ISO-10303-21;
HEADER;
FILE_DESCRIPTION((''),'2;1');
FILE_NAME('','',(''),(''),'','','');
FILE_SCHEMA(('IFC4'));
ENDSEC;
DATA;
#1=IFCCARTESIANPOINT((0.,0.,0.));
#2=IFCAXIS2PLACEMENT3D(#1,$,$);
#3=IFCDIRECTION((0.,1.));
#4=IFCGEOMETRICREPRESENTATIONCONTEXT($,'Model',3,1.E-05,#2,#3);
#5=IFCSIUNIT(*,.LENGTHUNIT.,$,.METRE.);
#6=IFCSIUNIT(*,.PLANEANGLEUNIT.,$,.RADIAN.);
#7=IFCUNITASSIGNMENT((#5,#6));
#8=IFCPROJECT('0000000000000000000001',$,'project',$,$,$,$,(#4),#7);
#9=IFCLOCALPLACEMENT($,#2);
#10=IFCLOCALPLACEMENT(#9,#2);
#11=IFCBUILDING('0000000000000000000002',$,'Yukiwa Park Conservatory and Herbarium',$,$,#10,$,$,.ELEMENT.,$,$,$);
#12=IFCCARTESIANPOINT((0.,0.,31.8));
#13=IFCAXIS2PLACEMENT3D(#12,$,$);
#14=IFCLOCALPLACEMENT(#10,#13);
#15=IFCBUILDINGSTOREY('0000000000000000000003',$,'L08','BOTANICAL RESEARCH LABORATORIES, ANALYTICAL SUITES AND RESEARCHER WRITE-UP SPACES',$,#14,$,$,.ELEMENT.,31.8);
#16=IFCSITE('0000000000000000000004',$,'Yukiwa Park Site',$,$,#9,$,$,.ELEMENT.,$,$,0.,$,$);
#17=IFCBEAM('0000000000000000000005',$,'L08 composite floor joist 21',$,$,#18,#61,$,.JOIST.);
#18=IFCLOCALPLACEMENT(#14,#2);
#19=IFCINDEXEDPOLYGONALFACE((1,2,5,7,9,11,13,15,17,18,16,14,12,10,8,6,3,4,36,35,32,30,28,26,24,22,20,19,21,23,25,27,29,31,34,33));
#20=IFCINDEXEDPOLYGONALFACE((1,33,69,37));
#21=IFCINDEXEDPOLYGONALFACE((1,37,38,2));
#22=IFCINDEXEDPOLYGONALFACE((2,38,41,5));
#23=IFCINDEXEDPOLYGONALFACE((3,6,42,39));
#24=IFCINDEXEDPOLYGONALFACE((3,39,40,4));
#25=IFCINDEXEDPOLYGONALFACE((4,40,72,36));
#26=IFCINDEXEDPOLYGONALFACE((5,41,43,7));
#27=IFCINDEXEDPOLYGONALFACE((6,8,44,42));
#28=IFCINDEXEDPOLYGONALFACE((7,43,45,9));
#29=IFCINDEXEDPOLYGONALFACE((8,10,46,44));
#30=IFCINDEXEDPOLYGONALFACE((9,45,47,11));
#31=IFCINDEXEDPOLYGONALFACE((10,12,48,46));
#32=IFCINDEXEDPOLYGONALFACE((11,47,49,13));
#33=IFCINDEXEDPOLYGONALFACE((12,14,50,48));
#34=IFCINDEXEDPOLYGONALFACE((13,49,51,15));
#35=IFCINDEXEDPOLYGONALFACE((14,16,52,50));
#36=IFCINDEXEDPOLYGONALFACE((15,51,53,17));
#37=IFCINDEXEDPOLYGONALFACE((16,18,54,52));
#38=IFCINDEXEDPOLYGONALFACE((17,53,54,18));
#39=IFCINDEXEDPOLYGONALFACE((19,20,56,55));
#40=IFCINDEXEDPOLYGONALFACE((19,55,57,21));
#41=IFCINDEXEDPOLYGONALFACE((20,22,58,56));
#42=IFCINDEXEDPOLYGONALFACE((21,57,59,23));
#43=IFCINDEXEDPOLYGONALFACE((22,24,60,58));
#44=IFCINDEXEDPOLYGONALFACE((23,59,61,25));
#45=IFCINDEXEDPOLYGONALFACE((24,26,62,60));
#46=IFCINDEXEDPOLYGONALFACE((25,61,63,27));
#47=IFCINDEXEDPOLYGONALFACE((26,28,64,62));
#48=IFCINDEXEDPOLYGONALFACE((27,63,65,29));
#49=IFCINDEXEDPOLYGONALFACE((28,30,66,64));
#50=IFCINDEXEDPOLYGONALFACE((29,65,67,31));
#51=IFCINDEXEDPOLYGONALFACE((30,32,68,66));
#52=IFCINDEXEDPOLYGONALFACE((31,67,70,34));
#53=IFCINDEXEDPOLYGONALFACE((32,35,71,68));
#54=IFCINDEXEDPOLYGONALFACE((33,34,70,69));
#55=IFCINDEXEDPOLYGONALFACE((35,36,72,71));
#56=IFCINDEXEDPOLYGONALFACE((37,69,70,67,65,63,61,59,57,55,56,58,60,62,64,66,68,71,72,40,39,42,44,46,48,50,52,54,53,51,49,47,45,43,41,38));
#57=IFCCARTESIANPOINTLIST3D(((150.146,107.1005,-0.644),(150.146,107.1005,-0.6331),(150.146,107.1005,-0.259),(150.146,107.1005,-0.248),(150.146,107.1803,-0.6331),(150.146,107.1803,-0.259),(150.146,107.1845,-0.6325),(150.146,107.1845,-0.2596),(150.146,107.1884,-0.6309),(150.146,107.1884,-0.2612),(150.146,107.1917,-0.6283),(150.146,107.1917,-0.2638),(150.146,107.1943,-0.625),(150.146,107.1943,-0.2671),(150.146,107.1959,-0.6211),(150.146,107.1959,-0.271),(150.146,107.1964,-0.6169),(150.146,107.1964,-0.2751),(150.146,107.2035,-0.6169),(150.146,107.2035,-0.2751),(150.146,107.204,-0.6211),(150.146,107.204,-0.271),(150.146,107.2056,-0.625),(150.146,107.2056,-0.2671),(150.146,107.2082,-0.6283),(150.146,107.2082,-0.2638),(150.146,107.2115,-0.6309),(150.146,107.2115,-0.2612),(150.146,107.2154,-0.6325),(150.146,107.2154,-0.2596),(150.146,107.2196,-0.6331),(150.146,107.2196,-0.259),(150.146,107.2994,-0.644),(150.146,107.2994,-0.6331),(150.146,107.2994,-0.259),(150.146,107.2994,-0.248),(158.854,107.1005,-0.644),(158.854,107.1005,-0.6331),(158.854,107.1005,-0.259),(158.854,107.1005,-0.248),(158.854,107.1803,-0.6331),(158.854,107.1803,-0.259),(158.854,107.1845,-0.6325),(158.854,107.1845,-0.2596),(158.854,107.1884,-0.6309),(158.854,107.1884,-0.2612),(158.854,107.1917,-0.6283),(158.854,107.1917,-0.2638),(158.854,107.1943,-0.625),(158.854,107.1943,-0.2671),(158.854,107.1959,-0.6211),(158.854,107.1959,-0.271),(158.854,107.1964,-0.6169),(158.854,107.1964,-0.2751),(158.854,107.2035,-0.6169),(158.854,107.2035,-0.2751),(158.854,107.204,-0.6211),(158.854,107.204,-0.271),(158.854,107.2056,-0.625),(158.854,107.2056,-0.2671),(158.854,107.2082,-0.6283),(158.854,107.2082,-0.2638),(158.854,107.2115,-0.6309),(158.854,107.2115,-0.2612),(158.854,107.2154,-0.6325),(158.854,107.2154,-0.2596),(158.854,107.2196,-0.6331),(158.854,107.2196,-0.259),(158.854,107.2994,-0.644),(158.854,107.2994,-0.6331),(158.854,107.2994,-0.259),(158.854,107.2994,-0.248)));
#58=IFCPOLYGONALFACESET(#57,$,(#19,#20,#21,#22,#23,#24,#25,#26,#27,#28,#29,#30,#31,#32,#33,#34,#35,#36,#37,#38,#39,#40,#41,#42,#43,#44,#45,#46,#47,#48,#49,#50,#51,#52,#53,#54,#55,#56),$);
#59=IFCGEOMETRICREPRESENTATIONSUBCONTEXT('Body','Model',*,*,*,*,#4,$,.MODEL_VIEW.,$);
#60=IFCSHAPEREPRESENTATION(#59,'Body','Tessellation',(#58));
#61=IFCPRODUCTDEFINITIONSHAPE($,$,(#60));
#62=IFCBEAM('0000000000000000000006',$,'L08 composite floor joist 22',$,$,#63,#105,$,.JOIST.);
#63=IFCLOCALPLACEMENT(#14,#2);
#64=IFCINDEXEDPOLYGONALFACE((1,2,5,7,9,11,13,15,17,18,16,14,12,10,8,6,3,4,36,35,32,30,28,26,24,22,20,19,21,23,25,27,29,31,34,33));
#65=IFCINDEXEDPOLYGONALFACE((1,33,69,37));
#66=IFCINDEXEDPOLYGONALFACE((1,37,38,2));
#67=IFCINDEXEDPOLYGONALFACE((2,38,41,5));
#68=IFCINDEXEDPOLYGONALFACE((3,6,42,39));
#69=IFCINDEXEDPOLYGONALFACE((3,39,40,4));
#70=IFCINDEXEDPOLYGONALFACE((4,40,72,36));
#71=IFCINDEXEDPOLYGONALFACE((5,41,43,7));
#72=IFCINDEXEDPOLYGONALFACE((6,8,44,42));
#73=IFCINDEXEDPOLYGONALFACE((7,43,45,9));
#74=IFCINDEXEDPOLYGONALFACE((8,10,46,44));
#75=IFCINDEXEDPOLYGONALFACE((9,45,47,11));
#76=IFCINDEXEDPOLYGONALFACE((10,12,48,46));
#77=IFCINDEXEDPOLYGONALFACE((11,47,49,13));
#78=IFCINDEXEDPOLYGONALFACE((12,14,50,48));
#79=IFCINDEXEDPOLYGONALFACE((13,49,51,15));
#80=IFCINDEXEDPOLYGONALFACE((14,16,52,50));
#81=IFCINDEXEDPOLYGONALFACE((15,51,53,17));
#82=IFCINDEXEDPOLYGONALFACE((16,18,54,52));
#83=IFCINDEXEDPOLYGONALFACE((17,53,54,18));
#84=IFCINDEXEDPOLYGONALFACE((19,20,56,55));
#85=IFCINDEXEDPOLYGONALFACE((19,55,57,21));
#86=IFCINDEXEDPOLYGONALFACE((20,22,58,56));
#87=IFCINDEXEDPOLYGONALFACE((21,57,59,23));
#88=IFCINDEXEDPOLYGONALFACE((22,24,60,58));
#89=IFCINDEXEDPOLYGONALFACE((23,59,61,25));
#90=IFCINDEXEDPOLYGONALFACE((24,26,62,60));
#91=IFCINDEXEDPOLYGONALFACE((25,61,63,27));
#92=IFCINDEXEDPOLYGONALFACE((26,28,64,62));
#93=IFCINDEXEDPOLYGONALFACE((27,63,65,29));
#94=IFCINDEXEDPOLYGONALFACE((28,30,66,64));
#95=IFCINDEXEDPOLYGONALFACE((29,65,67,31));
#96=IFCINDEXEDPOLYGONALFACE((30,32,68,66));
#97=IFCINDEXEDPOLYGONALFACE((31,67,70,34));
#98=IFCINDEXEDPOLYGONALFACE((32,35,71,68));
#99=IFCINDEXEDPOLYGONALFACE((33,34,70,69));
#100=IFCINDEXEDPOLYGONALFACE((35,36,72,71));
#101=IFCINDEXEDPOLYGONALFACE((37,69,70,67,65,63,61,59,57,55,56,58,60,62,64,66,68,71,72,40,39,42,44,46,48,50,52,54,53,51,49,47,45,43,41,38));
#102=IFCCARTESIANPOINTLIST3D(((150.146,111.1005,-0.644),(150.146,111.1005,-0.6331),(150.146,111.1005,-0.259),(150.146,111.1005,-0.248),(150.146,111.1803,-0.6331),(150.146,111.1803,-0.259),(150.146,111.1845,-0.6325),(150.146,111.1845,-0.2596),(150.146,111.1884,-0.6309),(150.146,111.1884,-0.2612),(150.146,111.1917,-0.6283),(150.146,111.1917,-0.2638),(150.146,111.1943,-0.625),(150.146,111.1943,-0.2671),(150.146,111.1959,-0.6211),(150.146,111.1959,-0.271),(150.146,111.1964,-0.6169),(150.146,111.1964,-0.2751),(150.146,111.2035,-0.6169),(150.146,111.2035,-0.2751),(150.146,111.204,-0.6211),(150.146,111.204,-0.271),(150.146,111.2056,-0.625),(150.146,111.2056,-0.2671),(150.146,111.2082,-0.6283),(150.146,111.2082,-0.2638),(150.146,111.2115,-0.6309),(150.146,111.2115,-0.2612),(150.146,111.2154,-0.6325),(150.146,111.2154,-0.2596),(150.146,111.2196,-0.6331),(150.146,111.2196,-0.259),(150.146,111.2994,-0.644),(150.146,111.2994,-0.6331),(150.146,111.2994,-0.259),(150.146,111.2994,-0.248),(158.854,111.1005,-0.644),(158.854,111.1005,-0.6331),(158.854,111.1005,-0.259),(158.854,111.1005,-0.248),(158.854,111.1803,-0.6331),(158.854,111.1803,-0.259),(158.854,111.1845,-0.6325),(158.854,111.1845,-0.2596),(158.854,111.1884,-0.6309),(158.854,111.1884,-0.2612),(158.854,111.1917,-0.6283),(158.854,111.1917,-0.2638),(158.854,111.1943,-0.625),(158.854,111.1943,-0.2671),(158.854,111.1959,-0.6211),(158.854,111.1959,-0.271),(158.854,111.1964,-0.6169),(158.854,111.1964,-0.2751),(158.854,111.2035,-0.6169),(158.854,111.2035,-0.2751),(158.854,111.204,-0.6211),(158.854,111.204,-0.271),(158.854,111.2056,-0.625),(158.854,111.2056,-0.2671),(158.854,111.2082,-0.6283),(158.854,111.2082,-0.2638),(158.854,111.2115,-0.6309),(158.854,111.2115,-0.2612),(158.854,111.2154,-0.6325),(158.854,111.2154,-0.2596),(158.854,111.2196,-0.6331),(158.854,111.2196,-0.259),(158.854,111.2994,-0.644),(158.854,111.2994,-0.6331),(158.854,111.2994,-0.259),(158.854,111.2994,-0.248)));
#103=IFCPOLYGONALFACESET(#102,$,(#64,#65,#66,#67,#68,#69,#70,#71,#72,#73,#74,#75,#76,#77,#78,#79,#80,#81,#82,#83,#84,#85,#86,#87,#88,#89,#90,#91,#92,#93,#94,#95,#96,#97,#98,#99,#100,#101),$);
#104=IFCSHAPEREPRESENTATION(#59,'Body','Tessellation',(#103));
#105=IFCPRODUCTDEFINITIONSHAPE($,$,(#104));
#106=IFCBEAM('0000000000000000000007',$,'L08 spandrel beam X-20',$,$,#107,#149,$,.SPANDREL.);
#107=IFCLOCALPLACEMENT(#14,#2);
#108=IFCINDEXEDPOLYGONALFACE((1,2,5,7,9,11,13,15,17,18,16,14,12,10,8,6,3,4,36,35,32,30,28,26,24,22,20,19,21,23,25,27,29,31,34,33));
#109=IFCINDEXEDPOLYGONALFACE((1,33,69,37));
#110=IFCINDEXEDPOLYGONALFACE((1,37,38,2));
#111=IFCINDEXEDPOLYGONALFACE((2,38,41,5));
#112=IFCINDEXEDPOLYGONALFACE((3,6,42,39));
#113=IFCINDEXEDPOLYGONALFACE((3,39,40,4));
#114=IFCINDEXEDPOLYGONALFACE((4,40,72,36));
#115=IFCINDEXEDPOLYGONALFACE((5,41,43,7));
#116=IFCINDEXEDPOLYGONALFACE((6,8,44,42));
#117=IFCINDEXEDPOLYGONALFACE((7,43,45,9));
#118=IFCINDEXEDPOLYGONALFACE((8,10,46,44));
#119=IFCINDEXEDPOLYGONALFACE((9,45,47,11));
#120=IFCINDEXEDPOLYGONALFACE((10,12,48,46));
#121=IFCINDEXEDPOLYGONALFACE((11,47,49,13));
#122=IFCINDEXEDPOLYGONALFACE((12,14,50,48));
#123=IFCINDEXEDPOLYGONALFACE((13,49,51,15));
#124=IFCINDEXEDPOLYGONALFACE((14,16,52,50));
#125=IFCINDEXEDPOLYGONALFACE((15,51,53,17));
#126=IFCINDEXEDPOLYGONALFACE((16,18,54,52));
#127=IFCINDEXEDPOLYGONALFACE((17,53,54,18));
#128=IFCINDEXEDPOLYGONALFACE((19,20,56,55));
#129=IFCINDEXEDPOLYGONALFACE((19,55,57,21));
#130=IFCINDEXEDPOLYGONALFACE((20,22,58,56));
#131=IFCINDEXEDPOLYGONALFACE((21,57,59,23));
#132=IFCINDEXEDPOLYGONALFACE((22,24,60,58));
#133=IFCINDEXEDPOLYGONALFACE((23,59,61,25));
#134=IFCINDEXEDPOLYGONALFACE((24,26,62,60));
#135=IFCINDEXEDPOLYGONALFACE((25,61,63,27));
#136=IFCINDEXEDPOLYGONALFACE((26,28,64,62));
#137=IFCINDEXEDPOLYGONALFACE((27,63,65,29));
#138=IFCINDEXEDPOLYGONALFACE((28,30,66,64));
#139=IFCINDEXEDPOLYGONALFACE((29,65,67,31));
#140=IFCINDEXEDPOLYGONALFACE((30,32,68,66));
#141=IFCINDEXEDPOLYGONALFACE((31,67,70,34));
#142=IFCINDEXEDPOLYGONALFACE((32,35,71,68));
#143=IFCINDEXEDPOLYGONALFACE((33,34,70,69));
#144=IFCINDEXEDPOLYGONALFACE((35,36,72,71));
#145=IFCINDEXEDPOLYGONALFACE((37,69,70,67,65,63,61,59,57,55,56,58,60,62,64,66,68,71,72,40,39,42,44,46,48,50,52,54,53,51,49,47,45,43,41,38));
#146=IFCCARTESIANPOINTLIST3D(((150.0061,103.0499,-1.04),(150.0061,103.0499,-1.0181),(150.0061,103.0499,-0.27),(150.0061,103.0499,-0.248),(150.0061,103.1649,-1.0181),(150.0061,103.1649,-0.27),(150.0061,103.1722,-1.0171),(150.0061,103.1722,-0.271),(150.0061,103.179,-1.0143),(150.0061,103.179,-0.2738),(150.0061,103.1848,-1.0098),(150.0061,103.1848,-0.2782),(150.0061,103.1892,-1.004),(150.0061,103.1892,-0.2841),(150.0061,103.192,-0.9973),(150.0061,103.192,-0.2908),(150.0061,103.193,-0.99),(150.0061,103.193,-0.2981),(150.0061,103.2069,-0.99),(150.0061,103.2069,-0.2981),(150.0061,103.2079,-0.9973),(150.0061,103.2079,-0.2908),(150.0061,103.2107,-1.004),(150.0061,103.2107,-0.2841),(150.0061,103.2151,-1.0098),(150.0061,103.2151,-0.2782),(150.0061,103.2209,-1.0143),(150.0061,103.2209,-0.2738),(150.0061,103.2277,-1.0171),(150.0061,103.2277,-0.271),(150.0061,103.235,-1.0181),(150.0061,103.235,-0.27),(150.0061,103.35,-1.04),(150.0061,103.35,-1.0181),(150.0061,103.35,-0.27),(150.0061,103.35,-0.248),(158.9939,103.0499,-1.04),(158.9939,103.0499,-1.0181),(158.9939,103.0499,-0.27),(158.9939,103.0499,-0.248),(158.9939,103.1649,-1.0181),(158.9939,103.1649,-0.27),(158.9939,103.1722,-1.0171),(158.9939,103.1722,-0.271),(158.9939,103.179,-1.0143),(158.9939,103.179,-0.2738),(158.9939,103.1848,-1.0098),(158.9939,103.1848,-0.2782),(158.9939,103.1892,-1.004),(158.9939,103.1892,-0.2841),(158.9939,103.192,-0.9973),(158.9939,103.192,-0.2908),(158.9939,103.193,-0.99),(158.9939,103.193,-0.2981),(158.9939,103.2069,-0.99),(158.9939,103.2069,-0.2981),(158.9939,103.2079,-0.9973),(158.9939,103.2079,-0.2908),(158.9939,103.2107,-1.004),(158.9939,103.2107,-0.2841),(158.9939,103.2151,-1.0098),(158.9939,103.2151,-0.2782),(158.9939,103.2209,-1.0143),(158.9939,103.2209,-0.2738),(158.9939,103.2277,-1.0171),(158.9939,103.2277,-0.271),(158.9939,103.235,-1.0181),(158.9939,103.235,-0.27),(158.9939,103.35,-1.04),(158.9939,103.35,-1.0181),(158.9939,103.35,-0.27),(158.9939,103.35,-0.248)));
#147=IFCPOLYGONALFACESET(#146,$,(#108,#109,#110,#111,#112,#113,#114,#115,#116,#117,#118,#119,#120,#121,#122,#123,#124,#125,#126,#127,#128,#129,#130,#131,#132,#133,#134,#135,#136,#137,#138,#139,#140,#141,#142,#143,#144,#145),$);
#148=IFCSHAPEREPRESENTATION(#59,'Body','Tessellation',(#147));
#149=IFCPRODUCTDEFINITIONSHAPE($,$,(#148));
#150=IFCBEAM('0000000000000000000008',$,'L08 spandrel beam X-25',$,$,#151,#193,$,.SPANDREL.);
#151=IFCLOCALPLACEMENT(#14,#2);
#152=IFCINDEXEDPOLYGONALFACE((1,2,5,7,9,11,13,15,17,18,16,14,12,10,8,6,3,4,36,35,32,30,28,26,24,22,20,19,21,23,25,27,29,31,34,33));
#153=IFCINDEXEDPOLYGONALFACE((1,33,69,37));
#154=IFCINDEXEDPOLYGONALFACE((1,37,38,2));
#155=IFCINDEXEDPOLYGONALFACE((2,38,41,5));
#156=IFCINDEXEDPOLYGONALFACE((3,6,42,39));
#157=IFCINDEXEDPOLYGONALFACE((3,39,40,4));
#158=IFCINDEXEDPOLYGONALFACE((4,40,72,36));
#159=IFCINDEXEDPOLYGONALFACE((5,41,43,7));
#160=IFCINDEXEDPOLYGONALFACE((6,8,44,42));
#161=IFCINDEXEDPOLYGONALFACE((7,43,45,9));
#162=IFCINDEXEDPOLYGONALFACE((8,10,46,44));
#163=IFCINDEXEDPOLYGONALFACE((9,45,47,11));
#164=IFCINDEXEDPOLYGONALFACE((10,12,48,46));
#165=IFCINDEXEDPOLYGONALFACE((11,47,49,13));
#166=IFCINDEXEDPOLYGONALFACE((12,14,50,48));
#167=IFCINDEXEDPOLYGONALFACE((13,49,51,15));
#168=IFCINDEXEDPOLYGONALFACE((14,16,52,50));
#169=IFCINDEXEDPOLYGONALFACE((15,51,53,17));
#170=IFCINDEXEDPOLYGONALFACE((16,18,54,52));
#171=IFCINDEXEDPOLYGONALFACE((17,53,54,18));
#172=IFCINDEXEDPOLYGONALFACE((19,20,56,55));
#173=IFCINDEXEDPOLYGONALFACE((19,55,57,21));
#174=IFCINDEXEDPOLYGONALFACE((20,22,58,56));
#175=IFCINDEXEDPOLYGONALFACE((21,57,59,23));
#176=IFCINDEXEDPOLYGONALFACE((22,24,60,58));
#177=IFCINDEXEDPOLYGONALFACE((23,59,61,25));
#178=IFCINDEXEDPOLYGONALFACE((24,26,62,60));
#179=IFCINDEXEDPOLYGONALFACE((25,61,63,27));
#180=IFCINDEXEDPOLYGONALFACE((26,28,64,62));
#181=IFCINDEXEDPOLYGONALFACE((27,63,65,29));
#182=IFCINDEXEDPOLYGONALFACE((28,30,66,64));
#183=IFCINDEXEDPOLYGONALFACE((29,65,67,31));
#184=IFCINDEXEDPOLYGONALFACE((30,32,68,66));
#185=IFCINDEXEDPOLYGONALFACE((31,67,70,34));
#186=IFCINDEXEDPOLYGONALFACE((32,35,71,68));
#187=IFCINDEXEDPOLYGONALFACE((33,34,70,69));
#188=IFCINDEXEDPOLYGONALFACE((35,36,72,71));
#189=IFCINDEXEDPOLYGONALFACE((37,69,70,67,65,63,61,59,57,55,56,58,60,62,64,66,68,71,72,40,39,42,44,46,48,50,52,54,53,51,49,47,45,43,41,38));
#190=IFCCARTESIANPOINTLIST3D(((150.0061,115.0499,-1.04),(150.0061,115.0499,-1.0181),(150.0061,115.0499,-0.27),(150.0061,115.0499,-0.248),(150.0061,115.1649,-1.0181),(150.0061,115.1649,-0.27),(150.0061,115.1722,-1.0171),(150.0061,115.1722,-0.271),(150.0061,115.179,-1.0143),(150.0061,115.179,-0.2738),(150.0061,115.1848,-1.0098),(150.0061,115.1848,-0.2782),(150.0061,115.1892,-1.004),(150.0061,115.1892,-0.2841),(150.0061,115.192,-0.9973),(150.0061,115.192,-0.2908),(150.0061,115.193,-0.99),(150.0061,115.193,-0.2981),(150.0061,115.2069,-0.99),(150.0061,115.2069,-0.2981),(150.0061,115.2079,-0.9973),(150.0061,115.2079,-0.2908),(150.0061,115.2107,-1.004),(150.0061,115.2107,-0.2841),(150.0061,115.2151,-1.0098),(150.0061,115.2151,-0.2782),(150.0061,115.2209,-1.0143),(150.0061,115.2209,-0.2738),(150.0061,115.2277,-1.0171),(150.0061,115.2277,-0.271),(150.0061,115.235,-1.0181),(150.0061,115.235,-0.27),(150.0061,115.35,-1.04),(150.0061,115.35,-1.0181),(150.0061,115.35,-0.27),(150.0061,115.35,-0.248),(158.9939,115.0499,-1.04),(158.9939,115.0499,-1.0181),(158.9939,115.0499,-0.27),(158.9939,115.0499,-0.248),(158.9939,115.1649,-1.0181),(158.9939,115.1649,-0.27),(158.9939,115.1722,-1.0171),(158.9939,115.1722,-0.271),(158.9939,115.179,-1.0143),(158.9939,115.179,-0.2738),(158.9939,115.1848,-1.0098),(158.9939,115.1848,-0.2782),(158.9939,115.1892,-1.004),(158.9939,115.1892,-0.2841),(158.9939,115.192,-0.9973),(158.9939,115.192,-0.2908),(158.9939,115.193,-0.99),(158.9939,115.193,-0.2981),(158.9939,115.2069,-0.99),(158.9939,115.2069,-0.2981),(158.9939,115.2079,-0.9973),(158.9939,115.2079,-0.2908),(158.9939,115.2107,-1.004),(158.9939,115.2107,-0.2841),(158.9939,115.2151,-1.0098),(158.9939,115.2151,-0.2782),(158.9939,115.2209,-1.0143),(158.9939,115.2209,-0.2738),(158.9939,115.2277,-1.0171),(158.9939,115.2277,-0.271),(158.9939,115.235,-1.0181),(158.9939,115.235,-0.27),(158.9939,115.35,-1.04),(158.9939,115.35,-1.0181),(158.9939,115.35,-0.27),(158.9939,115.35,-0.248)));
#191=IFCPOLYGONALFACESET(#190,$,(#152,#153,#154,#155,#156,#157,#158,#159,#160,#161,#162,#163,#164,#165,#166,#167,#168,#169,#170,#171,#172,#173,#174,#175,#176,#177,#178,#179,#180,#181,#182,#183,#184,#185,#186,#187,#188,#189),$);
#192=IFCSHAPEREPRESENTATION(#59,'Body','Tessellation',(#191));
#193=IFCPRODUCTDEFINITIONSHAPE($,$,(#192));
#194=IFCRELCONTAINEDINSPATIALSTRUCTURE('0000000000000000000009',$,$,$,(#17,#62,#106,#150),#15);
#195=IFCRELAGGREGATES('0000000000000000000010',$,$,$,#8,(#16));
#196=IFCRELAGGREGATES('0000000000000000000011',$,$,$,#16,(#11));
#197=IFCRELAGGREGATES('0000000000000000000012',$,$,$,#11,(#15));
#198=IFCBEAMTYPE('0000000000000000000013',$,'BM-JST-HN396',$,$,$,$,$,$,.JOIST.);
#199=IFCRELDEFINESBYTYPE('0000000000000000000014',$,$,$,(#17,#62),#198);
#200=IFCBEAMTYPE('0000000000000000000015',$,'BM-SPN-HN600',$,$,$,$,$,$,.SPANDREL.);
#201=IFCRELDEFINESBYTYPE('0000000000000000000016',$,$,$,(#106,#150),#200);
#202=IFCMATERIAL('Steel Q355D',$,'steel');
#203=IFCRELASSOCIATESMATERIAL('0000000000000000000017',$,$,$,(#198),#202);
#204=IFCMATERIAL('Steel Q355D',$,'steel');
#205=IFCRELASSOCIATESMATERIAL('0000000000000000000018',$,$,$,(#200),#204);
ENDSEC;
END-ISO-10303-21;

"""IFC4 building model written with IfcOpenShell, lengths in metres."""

from ifc_helpers import new_model, si_unit, direction, frame, origin, origin_2d, place, context, subcontext, project, spatial, i_section, extrude, material, material_profile, profile_set, type_object, element, save


model = new_model("IFC4")

# Units and contexts
model_context = context("Model", 3, precision=1e-05, world=origin(), true_north=direction((0.0, 1.0)))
body_context = subcontext(model_context, "Body", "Model", "MODEL_VIEW")
ifc_project = project(units=[si_unit("LENGTHUNIT", "METRE"), si_unit("PLANEANGLEUNIT", "RADIAN")], contexts=[model_context])

# Site, building, storey
site_placement = place(None, origin())
site = spatial("IfcSite", under=ifc_project, at=site_placement, Name="Yukiwa Park Site", CompositionType="ELEMENT", RefElevation=0.0)
building_placement = place(site_placement, origin())
building = spatial("IfcBuilding", under=site, at=building_placement, Name="Yukiwa Park Conservatory and Herbarium", CompositionType="ELEMENT")
storey_placement = place(building_placement, frame((0.0, 0.0, 31.8)))
storey = spatial("IfcBuildingStorey", under=building, at=storey_placement, Name="L08", Description="BOTANICAL RESEARCH LABORATORIES, ANALYTICAL SUITES AND RESEARCHER WRITE-UP SPACES", CompositionType="ELEMENT", Elevation=31.8)

# Beams
ifc_material_1 = material(Name="Steel Q355D", Category="steel")
ifc_material_profile_1 = material_profile(ifc_material_1, i_section(OverallWidth=0.199, OverallDepth=0.396, WebThickness=0.0071, FlangeThickness=0.011, FilletRadius=0.0161, at=origin_2d()), Name="HN 396x199x7x11")
ifc_profile_set_1 = profile_set([ifc_material_profile_1], Name="Steel Q355D")
beam_type_1 = type_object("IfcBeamType", Name="BM-JST-HN396", PredefinedType="JOIST", material=ifc_profile_set_1)
for number, where, z_axis, x_axis, name in (
    (1, (150.146, 107.2, -0.446), (1.0, 0.0, 0.0), (0.0, 1.0, 0.0), "L08 composite floor joist 21"),
    (2, (150.146, 111.2, -0.446), (1.0, 0.0, 0.0), (0.0, 1.0, 0.0), "L08 composite floor joist 22"),
):
    element("IfcBeam", number, at=place(storey_placement, frame(where, z_axis=z_axis, x_axis=x_axis)), inside=storey, type_object=beam_type_1, Name=name, PredefinedType="JOIST", context=body_context, shape_type="SweptSolid", body=[
        extrude(i_section(OverallWidth=0.199, OverallDepth=0.396, WebThickness=0.0071, FlangeThickness=0.011, FilletRadius=0.0161, at=origin_2d()), origin(), (0.0, 0.0, 1.0), 8.708),
    ])
ifc_material_2 = material(Name="Steel Q355D", Category="steel")
ifc_material_profile_2 = material_profile(ifc_material_2, i_section(OverallWidth=0.3, OverallDepth=0.792, WebThickness=0.0139, FlangeThickness=0.022, FilletRadius=0.0281, at=origin_2d()), Name="HN 792x300x14x22")
ifc_profile_set_2 = profile_set([ifc_material_profile_2], Name="Steel Q355D")
beam_type_2 = type_object("IfcBeamType", Name="BM-SPN-HN600", PredefinedType="SPANDREL", material=ifc_profile_set_2)
for number, where, z_axis, x_axis, name in (
    (3, (150.0061, 103.2, -0.644), (1.0, 0.0, 0.0), (0.0, 1.0, 0.0), "L08 spandrel beam X-20"),
    (4, (150.0061, 115.2, -0.644), (1.0, 0.0, 0.0), (0.0, 1.0, 0.0), "L08 spandrel beam X-25"),
):
    element("IfcBeam", number, at=place(storey_placement, frame(where, z_axis=z_axis, x_axis=x_axis)), inside=storey, type_object=beam_type_2, Name=name, PredefinedType="SPANDREL", context=body_context, shape_type="SweptSolid", body=[
        extrude(i_section(OverallWidth=0.3, OverallDepth=0.792, WebThickness=0.0139, FlangeThickness=0.022, FilletRadius=0.0281, at=origin_2d()), origin(), (0.0, 0.0, 1.0), 8.9878),
    ])

save(model, "model.ifc")
